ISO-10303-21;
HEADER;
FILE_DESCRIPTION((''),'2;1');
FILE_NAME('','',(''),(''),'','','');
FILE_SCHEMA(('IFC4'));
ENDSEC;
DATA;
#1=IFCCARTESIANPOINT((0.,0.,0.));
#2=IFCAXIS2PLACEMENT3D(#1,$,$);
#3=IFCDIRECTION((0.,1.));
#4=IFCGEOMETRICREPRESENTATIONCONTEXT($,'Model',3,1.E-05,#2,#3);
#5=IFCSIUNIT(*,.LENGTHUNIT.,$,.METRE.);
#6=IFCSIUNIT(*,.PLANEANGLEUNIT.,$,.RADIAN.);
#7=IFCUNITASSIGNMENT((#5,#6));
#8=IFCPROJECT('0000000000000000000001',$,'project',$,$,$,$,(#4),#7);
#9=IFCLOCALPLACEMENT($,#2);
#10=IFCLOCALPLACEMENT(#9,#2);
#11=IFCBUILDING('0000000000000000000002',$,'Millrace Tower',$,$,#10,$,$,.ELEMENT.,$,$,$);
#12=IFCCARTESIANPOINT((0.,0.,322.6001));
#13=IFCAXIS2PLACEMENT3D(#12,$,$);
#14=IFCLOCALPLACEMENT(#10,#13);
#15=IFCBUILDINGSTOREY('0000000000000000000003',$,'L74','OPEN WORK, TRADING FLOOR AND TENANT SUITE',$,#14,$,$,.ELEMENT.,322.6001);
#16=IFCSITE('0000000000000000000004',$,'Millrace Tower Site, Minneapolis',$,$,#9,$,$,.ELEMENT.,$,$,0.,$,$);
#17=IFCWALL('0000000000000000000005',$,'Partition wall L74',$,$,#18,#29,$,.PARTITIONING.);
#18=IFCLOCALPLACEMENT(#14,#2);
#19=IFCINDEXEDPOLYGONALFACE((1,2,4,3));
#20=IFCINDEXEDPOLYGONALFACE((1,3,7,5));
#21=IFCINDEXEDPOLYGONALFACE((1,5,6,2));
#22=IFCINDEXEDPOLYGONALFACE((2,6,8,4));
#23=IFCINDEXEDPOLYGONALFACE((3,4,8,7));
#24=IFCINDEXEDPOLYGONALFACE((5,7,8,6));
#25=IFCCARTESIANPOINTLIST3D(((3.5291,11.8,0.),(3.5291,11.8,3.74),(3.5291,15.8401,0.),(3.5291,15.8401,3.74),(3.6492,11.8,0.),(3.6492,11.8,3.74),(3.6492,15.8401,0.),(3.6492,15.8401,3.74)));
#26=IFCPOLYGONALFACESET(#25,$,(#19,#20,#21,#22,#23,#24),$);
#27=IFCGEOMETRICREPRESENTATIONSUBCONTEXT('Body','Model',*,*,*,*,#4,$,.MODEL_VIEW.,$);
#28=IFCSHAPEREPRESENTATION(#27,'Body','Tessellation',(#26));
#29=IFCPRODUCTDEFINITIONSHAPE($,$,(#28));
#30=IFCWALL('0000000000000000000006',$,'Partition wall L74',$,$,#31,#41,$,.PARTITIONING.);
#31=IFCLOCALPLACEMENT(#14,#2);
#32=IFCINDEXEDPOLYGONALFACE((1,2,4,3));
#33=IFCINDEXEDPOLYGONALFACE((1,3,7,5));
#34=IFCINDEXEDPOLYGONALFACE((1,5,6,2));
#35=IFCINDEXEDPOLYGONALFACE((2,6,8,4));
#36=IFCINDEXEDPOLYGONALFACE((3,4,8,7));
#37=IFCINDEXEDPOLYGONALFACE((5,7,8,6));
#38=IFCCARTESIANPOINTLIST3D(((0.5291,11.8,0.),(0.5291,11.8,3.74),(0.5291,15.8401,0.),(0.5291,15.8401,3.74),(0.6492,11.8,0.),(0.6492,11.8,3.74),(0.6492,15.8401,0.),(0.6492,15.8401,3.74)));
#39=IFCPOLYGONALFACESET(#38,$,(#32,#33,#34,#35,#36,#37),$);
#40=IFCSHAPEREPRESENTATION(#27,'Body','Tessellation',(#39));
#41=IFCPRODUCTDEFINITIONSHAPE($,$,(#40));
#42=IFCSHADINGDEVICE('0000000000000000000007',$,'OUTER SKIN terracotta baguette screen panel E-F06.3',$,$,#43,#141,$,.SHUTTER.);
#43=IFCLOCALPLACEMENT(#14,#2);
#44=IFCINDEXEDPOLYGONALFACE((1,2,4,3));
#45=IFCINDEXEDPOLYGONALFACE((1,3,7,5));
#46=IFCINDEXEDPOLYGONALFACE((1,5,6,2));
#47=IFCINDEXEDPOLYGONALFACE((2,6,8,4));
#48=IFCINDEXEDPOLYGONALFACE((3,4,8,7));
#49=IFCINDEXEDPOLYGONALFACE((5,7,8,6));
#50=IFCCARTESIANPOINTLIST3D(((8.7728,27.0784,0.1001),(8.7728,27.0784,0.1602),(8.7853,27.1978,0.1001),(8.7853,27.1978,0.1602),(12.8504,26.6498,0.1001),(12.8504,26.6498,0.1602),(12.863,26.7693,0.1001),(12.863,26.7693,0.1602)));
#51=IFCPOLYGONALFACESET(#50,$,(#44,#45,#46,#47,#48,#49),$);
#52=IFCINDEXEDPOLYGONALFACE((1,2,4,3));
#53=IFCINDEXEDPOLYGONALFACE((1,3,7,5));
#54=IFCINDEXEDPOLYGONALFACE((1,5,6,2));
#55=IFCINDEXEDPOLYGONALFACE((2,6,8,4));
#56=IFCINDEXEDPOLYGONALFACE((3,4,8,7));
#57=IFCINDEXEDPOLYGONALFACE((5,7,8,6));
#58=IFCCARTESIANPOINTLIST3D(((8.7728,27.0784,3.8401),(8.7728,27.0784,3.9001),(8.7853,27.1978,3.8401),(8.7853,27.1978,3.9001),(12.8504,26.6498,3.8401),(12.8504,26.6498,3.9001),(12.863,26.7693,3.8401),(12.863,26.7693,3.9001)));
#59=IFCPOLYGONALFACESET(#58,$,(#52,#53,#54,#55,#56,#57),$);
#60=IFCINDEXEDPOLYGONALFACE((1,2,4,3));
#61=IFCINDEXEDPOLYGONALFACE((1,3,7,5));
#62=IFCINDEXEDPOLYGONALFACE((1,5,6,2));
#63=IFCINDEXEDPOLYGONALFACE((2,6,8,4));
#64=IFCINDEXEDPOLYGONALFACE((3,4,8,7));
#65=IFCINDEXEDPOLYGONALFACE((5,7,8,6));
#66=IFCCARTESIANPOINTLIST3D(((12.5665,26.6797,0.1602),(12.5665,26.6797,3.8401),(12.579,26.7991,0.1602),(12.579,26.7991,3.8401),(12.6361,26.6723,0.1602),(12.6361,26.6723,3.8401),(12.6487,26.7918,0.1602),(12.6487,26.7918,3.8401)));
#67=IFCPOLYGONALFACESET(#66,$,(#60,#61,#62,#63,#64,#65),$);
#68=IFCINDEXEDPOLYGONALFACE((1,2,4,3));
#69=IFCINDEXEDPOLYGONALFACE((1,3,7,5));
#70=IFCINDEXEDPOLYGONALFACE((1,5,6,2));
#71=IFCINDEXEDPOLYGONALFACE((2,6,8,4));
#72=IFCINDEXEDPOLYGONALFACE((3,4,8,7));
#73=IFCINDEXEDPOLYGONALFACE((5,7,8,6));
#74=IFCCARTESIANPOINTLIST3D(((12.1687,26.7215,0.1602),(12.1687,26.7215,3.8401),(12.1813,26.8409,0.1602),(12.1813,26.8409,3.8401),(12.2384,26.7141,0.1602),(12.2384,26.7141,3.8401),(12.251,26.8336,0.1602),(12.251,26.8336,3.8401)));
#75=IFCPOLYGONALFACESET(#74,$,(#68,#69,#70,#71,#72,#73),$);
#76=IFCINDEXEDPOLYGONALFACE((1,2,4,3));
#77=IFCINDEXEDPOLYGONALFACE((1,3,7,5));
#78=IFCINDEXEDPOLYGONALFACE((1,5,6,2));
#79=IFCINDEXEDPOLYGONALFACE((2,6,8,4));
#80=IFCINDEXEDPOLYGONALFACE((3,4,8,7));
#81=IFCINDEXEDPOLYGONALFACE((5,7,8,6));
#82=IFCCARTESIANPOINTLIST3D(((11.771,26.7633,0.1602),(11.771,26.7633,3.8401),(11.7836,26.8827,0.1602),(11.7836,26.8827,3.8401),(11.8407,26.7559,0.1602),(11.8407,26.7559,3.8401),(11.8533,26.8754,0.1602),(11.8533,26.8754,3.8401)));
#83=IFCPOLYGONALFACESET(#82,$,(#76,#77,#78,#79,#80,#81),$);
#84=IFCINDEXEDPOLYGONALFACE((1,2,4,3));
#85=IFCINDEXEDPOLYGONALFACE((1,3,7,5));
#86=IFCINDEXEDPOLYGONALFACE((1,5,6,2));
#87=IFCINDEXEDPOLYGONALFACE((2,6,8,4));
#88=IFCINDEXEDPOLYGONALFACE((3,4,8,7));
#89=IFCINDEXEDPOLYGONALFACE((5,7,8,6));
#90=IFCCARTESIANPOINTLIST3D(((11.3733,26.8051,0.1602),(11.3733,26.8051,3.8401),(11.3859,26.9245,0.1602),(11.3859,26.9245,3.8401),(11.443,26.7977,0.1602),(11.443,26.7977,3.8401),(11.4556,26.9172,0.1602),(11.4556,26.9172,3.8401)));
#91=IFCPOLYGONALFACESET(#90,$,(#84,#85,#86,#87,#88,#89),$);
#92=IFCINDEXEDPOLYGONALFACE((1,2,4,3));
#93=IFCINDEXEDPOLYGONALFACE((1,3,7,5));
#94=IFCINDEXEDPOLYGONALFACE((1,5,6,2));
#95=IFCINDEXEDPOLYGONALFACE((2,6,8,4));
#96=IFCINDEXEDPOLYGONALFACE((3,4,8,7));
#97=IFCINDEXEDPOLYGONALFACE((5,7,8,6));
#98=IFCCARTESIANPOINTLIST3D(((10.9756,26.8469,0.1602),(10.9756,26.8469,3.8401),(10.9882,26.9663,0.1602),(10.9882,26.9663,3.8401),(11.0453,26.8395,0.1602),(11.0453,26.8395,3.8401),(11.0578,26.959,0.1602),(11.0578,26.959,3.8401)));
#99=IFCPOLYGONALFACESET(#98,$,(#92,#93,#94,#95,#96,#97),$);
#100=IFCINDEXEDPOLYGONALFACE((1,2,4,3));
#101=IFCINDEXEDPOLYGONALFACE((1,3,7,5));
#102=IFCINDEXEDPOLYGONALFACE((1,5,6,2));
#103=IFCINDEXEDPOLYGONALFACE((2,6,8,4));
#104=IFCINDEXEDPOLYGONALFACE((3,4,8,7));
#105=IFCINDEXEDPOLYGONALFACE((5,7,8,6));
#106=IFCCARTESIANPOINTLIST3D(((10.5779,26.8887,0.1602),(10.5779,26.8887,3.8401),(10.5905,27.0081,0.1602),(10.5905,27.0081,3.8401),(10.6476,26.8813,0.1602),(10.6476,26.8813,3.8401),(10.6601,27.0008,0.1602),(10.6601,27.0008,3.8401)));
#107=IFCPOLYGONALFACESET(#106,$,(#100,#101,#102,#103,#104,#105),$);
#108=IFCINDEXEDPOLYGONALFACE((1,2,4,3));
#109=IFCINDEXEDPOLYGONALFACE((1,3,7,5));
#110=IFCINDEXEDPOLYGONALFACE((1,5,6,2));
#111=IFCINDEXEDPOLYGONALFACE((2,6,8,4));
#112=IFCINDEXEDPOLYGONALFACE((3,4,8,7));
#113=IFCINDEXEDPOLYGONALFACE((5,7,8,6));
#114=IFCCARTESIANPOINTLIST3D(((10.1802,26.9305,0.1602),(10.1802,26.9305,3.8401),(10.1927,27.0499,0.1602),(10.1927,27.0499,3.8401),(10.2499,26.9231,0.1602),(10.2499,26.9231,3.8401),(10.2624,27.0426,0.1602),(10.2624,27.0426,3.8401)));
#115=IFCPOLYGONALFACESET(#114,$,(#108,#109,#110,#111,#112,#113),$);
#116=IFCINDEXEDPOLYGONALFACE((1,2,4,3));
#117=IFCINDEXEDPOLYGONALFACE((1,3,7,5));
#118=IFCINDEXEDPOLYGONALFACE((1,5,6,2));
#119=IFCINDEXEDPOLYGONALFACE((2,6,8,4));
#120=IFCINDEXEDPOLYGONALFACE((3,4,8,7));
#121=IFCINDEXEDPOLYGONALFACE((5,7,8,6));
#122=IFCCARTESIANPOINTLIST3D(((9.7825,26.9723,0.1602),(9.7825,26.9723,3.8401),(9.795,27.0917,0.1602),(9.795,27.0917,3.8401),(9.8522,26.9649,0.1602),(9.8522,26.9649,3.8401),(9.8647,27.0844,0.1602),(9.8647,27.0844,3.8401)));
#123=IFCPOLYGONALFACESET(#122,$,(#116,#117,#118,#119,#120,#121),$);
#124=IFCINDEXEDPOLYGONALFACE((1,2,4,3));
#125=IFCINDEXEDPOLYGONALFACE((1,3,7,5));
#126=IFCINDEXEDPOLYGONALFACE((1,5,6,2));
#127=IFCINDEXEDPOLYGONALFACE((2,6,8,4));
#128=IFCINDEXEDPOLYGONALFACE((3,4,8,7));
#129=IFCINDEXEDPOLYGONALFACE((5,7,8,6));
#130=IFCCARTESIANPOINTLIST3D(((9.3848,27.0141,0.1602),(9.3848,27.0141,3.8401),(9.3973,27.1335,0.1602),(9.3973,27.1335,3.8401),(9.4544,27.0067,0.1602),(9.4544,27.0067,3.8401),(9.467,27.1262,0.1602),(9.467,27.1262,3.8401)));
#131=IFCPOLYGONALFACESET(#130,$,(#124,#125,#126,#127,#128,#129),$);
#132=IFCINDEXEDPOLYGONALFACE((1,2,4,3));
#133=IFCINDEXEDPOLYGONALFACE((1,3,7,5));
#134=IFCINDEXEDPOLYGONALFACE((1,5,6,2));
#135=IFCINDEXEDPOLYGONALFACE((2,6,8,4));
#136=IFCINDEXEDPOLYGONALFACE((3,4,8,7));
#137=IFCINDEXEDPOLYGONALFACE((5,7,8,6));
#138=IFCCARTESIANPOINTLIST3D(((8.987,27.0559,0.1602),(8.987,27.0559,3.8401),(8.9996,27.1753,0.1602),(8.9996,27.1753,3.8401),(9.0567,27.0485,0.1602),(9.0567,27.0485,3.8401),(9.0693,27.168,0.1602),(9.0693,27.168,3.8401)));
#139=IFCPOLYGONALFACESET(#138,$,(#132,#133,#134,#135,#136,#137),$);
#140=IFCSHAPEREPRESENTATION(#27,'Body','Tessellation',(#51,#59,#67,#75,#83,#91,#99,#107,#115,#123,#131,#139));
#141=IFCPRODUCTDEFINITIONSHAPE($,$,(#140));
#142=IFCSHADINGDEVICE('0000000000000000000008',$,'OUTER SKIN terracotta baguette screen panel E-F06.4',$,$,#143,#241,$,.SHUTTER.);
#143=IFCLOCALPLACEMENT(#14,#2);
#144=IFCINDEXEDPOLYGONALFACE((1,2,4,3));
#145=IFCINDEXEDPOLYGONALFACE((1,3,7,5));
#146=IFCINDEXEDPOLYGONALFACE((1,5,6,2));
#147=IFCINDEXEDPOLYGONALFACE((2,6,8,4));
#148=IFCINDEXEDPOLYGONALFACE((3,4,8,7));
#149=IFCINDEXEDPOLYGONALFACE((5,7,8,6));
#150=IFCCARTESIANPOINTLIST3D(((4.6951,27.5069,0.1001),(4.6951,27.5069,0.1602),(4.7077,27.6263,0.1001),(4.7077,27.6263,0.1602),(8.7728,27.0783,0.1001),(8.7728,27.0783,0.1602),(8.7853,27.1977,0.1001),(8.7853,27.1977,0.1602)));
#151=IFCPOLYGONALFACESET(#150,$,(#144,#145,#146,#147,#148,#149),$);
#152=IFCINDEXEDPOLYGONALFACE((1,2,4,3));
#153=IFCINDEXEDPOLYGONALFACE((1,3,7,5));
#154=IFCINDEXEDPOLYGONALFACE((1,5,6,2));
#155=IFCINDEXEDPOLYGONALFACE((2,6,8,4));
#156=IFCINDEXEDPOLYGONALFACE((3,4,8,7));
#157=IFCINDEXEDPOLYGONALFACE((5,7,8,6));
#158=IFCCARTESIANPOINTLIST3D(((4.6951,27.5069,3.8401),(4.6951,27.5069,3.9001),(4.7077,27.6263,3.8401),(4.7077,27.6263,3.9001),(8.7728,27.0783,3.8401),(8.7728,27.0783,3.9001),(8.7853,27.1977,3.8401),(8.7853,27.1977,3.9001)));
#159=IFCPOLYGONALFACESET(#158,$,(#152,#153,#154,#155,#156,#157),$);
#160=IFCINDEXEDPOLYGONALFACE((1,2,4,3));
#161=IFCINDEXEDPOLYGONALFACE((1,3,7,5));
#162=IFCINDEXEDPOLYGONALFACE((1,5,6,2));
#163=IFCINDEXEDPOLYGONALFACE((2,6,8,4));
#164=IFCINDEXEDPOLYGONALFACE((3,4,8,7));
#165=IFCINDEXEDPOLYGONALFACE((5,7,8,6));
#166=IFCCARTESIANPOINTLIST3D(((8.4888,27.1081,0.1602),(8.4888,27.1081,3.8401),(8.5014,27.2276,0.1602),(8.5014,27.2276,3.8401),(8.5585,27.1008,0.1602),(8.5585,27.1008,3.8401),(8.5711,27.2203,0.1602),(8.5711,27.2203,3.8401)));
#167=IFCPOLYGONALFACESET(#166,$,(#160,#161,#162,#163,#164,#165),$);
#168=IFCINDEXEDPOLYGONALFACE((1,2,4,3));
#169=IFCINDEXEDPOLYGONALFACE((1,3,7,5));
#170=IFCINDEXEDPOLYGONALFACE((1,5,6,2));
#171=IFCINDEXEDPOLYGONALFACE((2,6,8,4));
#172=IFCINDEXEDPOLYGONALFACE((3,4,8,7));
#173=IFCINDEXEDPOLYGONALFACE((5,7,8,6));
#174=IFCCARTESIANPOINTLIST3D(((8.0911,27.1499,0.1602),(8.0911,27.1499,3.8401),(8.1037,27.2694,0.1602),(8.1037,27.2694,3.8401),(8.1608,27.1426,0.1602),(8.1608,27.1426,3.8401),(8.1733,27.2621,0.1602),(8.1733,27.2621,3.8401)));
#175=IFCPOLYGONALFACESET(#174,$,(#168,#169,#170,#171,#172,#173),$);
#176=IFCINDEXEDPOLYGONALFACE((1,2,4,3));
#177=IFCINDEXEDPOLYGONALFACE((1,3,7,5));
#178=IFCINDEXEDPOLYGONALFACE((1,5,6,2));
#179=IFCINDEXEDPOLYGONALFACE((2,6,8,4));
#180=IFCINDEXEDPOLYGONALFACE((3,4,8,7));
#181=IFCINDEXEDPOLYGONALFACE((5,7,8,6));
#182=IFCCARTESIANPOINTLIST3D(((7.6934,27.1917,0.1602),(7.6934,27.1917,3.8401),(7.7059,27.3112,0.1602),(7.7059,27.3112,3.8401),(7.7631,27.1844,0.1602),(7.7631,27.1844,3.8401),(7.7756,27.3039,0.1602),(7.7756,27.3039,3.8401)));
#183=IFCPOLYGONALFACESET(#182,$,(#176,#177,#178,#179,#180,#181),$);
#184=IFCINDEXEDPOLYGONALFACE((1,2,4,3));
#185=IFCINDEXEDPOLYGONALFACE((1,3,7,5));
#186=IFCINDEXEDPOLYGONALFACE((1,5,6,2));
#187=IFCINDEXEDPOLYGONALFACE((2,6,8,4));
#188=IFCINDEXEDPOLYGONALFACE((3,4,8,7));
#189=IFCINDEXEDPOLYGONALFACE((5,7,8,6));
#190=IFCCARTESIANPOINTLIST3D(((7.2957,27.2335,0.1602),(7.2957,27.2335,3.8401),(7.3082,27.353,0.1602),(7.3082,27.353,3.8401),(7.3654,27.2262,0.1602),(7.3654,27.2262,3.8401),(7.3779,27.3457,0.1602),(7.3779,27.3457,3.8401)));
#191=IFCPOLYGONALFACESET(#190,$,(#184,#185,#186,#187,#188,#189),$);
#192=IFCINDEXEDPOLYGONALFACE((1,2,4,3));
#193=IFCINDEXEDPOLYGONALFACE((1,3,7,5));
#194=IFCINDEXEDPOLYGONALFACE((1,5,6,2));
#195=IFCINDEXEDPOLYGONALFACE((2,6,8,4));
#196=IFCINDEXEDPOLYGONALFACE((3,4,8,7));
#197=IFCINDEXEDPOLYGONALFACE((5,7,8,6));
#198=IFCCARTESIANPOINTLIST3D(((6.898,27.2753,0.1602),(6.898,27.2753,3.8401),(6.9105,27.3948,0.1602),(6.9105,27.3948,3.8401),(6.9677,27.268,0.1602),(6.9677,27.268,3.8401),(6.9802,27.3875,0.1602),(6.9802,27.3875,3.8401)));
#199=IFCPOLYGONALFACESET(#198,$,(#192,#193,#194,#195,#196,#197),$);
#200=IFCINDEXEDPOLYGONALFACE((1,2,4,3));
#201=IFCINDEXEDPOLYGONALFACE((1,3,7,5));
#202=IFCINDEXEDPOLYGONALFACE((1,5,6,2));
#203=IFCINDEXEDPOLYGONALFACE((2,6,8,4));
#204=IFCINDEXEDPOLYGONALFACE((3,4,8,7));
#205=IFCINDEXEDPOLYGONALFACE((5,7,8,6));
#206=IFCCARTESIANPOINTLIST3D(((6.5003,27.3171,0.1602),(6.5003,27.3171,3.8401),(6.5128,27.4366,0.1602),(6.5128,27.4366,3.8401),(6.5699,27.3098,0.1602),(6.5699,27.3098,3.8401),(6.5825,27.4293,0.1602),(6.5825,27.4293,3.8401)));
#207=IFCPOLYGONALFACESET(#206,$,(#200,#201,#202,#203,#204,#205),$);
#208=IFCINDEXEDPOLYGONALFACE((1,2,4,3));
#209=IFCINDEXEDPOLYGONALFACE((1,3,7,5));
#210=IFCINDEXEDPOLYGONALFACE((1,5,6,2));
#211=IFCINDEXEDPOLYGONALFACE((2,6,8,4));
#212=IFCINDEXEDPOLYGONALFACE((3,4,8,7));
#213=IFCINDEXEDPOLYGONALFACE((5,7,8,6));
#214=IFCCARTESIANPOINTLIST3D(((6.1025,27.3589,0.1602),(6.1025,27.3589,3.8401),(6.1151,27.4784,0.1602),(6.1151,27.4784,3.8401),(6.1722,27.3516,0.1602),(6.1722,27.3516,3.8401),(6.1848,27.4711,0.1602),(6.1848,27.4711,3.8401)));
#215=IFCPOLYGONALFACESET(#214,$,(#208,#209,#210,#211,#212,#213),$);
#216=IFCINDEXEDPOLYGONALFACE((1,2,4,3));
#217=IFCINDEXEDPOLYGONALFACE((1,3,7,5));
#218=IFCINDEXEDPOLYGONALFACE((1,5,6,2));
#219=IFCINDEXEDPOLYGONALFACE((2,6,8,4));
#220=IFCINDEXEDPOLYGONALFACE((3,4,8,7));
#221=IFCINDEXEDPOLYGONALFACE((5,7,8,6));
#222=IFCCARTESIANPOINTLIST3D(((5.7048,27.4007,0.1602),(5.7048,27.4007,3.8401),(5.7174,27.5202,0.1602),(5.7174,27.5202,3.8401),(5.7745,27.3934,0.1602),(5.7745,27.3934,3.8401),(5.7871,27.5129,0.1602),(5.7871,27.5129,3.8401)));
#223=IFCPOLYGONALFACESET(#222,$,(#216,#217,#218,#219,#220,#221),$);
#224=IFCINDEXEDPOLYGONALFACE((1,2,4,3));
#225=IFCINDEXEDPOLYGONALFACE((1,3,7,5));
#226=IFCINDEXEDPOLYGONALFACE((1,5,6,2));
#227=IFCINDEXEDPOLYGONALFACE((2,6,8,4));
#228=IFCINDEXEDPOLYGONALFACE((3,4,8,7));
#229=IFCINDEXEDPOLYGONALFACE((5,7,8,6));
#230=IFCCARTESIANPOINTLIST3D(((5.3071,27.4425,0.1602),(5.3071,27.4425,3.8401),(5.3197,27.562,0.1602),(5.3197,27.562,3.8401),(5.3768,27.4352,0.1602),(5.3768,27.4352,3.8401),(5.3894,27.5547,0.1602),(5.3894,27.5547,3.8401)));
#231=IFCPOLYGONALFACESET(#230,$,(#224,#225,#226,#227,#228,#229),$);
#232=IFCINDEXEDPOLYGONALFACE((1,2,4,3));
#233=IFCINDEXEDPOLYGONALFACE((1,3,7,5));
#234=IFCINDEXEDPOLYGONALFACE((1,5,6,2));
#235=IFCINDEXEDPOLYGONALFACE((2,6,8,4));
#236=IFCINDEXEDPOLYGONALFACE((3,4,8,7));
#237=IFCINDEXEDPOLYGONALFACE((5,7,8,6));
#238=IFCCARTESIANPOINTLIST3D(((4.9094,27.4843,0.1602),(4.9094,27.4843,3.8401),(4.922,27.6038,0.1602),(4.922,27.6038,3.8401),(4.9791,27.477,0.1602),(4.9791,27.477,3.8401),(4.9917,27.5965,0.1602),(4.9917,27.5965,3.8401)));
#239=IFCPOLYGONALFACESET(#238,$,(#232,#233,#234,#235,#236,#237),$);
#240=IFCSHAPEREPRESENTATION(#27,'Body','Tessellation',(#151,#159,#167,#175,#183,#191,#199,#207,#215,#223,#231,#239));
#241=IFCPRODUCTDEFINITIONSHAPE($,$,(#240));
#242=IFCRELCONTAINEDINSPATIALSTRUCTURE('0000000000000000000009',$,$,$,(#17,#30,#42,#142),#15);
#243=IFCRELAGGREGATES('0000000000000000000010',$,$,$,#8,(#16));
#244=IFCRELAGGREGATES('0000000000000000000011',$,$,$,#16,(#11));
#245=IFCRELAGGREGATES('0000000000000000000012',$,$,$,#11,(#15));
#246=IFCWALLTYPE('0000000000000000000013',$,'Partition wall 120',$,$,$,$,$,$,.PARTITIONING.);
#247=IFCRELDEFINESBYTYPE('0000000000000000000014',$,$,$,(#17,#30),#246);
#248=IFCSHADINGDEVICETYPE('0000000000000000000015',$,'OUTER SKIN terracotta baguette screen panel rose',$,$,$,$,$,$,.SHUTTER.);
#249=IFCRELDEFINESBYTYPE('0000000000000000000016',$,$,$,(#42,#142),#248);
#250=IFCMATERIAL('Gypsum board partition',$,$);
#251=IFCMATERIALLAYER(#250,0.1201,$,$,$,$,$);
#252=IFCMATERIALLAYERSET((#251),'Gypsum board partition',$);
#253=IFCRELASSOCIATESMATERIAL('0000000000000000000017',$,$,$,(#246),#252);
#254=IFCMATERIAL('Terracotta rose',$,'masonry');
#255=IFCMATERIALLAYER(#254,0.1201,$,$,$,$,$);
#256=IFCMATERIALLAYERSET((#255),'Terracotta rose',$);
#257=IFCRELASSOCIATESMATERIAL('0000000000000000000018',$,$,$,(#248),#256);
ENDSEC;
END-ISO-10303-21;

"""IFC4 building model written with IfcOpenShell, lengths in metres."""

from ifc_helpers import new_model, entity, si_unit, direction, frame, frame_2d, origin, place, context, subcontext, project, spatial, rectangle, extrude, source, transform, mapped, material, layer, layer_set, type_object, element, save


model = new_model("IFC4")

# Units and contexts
model_context = context("Model", 3, precision=1e-05, world=origin(), true_north=direction((0.0, 1.0)))
body_context = subcontext(model_context, "Body", "Model", "MODEL_VIEW")
ifc_project = project(units=[si_unit("LENGTHUNIT", "METRE"), si_unit("PLANEANGLEUNIT", "RADIAN")], contexts=[model_context])

# Site, building, storey
site_placement = place(None, origin())
site = spatial("IfcSite", under=ifc_project, at=site_placement, Name="Millrace Tower Site, Minneapolis", CompositionType="ELEMENT", RefElevation=0.0)
building_placement = place(site_placement, origin())
building = spatial("IfcBuilding", under=site, at=building_placement, Name="Millrace Tower", CompositionType="ELEMENT")
storey_placement = place(building_placement, frame((0.0, 0.0, 322.6001)))
storey = spatial("IfcBuildingStorey", under=building, at=storey_placement, Name="L74", Description="OPEN WORK, TRADING FLOOR AND TENANT SUITE", CompositionType="ELEMENT", Elevation=322.6001)

# Walls
ifc_material_1 = material(Name="Gypsum board partition")
ifc_layer_1 = layer(ifc_material_1, 0.1201)
ifc_layer_set_1 = layer_set([ifc_layer_1], Name="Gypsum board partition")
wall_type_1 = type_object("IfcWallType", Name="Partition wall 120", PredefinedType="PARTITIONING", material=ifc_layer_set_1)
for number, where, z_axis, x_axis, name in (
    (1, (3.5891, 11.8, 0.0), (0.0, 0.0, 1.0), (0.0, 1.0, 0.0), "Partition wall L74"),
    (2, (0.5891, 11.8, 0.0), (0.0, 0.0, 1.0), (0.0, 1.0, 0.0), "Partition wall L74"),
):
    element("IfcWall", number, at=place(storey_placement, frame(where, z_axis=z_axis, x_axis=x_axis)), inside=storey, type_object=wall_type_1, Name=name, PredefinedType="PARTITIONING", context=body_context, shape_type="SweptSolid", body=[
        extrude(rectangle(XDim=4.04, YDim=0.1201, at=frame_2d((2.02, 0.0))), origin(), (0.0, 0.0, 1.0), 3.74),
    ])

# Shading devices
ifc_material_2 = material(Name="Terracotta rose", Category="masonry")
ifc_layer_2 = layer(ifc_material_2, 0.1201)
ifc_layer_set_2 = layer_set([ifc_layer_2], Name="Terracotta rose")
shading_device_type = type_object("IfcShadingDeviceType", Name="OUTER SKIN terracotta baguette screen panel rose", PredefinedType="SHUTTER", material=ifc_layer_set_2)
cartesian_point = entity("IfcCartesianPoint", [-2.05, 0.0601])
shared_polyline = entity("IfcPolyline", [cartesian_point, entity("IfcCartesianPoint", [2.05, 0.0601]), entity("IfcCartesianPoint", [2.05, -0.0601]), entity("IfcCartesianPoint", [-2.05, -0.0601]), cartesian_point])
shared_shape = source(origin(), body_context, "Body", "SweptSolid", [
    entity("IfcExtrudedAreaSolid", entity("IfcArbitraryClosedProfileDef", "AREA", None, shared_polyline), entity("IfcAxis2Placement3D", entity("IfcCartesianPoint", [0.0, 0.0, 0.0])), entity("IfcDirection", [0.0, 0.0, 1.0]), 0.0601),
    entity("IfcExtrudedAreaSolid", entity("IfcArbitraryClosedProfileDef", "AREA", None, shared_polyline), entity("IfcAxis2Placement3D", entity("IfcCartesianPoint", [0.0, 0.0, 3.74])), entity("IfcDirection", [0.0, 0.0, 1.0]), 0.0601),
    extrude(rectangle(XDim=0.0701, YDim=0.1201, at=frame_2d((-1.7996, 0.0))), frame((0.0, 0.0, 0.0601)), (0.0, 0.0, 1.0), 3.6799),
    extrude(rectangle(XDim=0.0701, YDim=0.1201, at=frame_2d((-1.3997, 0.0))), frame((0.0, 0.0, 0.0601)), (0.0, 0.0, 1.0), 3.6799),
    extrude(rectangle(XDim=0.0701, YDim=0.1201, at=frame_2d((-0.9998, 0.0))), frame((0.0, 0.0, 0.0601)), (0.0, 0.0, 1.0), 3.6799),
    extrude(rectangle(XDim=0.0701, YDim=0.1201, at=frame_2d((-0.5999, 0.0))), frame((0.0, 0.0, 0.0601)), (0.0, 0.0, 1.0), 3.6799),
    extrude(rectangle(XDim=0.0701, YDim=0.1201, at=frame_2d((-0.2, 0.0))), frame((0.0, 0.0, 0.0601)), (0.0, 0.0, 1.0), 3.6799),
    extrude(rectangle(XDim=0.0701, YDim=0.1201, at=frame_2d((0.2, 0.0))), frame((0.0, 0.0, 0.0601)), (0.0, 0.0, 1.0), 3.6799),
    extrude(rectangle(XDim=0.0701, YDim=0.1201, at=frame_2d((0.5999, 0.0))), frame((0.0, 0.0, 0.0601)), (0.0, 0.0, 1.0), 3.6799),
    extrude(rectangle(XDim=0.0701, YDim=0.1201, at=frame_2d((0.9998, 0.0))), frame((0.0, 0.0, 0.0601)), (0.0, 0.0, 1.0), 3.6799),
    extrude(rectangle(XDim=0.0701, YDim=0.1201, at=frame_2d((1.3997, 0.0))), frame((0.0, 0.0, 0.0601)), (0.0, 0.0, 1.0), 3.6799),
    extrude(rectangle(XDim=0.0701, YDim=0.1201, at=frame_2d((1.7996, 0.0))), frame((0.0, 0.0, 0.0601)), (0.0, 0.0, 1.0), 3.6799),
])
for number, where, z_axis, x_axis, name in (
    (3, (10.8179, 26.9238, 0.1001), (0.0, 0.0, 1.0), (-0.994522, 0.104528, 0.0), "OUTER SKIN terracotta baguette screen panel E-F06.3"),
    (4, (6.7402, 27.3523, 0.1001), (0.0, 0.0, 1.0), (-0.994522, 0.104528, 0.0), "OUTER SKIN terracotta baguette screen panel E-F06.4"),
):
    element("IfcShadingDevice", number, at=place(storey_placement, frame(where, z_axis=z_axis, x_axis=x_axis)), inside=storey, type_object=shading_device_type, Name=name, PredefinedType="SHUTTER", context=body_context, shape_type="MappedRepresentation", body=[
        mapped(shared_shape, transform((0.0, 0.0, 0.0), scale=1.0)),
    ])

save(model, "model.ifc")
